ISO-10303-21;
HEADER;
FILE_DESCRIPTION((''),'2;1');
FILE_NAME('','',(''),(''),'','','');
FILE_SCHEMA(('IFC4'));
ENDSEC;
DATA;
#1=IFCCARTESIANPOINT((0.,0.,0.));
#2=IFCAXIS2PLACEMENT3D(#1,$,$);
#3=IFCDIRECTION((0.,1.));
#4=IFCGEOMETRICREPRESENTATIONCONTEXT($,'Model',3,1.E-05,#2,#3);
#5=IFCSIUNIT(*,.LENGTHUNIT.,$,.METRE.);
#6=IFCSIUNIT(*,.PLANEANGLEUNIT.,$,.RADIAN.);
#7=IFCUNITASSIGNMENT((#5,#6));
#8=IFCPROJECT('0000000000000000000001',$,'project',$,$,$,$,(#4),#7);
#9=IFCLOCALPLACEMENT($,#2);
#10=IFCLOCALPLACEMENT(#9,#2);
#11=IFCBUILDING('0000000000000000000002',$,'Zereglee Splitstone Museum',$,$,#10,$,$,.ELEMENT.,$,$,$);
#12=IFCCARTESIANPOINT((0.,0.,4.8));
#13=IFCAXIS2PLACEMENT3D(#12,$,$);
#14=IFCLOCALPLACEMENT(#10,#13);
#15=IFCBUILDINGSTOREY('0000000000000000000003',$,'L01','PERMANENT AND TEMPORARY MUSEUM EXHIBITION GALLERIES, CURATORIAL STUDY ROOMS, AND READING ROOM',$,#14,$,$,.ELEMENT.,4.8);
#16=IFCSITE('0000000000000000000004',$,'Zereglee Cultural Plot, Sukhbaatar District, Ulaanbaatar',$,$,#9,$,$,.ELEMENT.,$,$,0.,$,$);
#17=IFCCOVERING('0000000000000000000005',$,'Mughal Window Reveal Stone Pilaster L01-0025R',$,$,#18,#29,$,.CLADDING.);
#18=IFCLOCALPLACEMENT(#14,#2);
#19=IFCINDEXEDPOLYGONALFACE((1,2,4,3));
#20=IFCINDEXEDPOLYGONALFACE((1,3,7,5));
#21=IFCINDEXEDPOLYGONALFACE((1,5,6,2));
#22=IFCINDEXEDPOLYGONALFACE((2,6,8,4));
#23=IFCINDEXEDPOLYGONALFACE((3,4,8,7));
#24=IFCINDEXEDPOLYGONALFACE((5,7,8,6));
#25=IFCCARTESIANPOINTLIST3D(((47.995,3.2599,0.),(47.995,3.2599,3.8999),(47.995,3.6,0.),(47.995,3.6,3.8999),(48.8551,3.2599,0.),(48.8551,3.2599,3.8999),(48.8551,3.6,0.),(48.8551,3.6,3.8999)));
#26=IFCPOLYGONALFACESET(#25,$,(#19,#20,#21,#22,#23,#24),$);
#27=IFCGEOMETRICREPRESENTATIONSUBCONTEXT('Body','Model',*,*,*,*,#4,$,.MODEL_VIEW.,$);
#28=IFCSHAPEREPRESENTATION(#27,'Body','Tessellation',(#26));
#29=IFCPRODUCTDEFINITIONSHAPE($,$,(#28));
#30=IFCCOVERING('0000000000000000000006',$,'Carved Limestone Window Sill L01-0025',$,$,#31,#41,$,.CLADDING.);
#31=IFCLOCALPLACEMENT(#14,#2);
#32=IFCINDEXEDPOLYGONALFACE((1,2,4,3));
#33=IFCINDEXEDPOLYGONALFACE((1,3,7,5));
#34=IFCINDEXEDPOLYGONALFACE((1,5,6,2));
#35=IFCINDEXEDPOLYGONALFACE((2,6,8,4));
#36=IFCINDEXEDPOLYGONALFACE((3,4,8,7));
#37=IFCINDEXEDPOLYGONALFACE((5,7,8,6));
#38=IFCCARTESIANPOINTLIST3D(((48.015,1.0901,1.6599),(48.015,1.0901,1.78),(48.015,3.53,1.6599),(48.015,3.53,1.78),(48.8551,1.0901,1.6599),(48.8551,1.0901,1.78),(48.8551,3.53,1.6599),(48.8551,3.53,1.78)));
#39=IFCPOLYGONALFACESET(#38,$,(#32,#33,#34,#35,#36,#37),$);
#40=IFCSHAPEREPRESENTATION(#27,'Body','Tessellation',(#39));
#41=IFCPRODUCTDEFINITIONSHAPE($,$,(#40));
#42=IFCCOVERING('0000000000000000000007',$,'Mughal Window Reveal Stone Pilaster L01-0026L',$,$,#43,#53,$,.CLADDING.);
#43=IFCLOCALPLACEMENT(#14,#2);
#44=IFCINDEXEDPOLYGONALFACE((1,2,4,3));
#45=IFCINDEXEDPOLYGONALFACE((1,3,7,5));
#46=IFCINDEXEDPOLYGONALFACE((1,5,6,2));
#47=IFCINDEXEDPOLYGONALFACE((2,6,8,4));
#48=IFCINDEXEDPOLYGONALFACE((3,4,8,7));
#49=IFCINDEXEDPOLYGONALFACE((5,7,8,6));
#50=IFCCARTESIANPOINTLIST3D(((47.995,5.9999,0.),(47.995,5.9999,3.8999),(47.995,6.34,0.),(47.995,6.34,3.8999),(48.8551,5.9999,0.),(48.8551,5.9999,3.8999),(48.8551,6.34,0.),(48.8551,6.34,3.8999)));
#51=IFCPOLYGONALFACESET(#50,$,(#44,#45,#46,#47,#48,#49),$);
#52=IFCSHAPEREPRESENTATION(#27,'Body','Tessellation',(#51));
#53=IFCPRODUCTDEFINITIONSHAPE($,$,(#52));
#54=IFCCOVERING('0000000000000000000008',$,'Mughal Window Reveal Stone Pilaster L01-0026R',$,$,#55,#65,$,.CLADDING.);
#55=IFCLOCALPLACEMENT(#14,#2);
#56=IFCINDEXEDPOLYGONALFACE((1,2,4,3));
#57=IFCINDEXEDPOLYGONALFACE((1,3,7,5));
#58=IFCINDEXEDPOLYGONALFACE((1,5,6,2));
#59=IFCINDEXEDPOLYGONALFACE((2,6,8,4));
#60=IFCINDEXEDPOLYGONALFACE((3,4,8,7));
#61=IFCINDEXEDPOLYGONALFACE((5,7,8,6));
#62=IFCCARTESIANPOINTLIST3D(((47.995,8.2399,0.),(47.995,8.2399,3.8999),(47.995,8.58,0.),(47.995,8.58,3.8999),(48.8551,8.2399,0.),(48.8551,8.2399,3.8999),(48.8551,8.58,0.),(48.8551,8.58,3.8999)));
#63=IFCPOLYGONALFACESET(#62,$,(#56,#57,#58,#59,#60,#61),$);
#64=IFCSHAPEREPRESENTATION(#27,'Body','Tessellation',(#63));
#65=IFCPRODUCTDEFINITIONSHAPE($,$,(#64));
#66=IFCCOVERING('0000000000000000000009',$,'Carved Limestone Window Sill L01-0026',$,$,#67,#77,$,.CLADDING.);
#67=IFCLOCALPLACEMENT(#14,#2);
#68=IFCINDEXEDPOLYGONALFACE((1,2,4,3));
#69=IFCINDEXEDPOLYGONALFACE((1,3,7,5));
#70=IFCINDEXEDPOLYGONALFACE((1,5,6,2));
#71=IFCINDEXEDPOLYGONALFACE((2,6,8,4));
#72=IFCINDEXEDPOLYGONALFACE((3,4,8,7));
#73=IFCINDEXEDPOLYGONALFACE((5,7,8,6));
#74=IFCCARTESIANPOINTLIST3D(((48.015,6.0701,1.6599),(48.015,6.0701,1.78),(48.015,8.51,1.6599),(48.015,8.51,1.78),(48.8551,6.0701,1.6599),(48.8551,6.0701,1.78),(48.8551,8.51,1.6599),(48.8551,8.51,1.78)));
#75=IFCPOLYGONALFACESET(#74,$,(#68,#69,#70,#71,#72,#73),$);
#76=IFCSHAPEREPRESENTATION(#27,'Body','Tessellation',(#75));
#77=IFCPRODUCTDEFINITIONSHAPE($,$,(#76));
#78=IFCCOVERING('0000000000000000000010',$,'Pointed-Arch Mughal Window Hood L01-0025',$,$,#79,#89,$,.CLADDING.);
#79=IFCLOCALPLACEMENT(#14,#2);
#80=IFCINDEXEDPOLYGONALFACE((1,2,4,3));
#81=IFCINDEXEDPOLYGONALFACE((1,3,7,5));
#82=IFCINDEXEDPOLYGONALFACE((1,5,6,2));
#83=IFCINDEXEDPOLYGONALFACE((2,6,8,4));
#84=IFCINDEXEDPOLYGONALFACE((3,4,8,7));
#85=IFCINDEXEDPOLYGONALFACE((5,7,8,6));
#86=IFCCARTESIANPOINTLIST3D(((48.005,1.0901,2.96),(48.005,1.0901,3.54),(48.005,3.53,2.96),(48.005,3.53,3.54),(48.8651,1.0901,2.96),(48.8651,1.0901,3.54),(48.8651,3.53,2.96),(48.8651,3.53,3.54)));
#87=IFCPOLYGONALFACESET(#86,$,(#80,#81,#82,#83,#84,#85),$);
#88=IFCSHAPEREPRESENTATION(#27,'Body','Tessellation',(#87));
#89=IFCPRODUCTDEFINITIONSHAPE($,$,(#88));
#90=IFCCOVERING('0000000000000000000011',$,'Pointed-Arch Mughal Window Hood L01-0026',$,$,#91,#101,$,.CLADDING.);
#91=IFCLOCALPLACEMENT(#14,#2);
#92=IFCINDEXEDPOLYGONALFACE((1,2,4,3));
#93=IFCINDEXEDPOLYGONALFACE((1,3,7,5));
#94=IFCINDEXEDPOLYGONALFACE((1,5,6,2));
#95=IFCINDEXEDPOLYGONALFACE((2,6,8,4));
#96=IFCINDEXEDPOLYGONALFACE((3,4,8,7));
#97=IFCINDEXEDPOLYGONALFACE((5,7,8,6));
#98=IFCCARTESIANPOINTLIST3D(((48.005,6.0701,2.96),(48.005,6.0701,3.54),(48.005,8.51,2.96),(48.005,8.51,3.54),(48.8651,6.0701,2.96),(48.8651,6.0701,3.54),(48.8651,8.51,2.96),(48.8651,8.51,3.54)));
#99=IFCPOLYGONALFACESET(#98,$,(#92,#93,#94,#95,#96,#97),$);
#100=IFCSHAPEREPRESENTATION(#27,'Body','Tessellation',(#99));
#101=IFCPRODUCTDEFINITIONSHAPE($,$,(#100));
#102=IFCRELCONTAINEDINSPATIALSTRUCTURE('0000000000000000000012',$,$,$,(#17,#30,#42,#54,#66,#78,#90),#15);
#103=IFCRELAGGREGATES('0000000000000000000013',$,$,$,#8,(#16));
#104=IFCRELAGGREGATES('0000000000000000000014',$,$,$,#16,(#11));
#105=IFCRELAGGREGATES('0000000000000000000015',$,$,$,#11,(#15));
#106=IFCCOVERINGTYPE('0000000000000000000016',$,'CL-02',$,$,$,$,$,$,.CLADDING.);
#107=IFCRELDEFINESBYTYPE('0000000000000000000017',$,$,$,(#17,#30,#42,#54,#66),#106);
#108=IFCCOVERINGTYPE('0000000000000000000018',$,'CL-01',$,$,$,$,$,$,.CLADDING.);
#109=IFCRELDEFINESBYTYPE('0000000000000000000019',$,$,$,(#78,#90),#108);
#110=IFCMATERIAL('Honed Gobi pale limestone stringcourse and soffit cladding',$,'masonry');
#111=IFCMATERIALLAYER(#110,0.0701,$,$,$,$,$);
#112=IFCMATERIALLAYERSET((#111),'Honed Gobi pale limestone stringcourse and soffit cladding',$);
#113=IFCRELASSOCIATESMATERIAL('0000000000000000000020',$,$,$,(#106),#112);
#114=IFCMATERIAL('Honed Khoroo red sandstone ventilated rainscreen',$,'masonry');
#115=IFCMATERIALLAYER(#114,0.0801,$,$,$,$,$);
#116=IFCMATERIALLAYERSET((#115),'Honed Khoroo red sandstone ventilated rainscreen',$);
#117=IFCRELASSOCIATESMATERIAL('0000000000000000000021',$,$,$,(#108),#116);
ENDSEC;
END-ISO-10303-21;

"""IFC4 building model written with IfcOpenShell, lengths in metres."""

from ifc_helpers import new_model, si_unit, direction, frame, origin, origin_2d, place, context, subcontext, project, spatial, rectangle, extrude, material, layer, layer_set, type_object, element, save


model = new_model("IFC4")

# Units and contexts
model_context = context("Model", 3, precision=1e-05, world=origin(), true_north=direction((0.0, 1.0)))
body_context = subcontext(model_context, "Body", "Model", "MODEL_VIEW")
ifc_project = project(units=[si_unit("LENGTHUNIT", "METRE"), si_unit("PLANEANGLEUNIT", "RADIAN")], contexts=[model_context])

# Site, building, storey
site_placement = place(None, origin())
site = spatial("IfcSite", under=ifc_project, at=site_placement, Name="Zereglee Cultural Plot, Sukhbaatar District, Ulaanbaatar", CompositionType="ELEMENT", RefElevation=0.0)
building_placement = place(site_placement, origin())
building = spatial("IfcBuilding", under=site, at=building_placement, Name="Zereglee Splitstone Museum", CompositionType="ELEMENT")
storey_placement = place(building_placement, frame((0.0, 0.0, 4.8)))
storey = spatial("IfcBuildingStorey", under=building, at=storey_placement, Name="L01", Description="PERMANENT AND TEMPORARY MUSEUM EXHIBITION GALLERIES, CURATORIAL STUDY ROOMS, AND READING ROOM", CompositionType="ELEMENT", Elevation=4.8)

# Coverings
ifc_material_1 = material(Name="Honed Gobi pale limestone stringcourse and soffit cladding", Category="masonry")
ifc_layer_1 = layer(ifc_material_1, 0.0701)
ifc_layer_set_1 = layer_set([ifc_layer_1], Name="Honed Gobi pale limestone stringcourse and soffit cladding")
covering_type_1 = type_object("IfcCoveringType", Name="CL-02", PredefinedType="CLADDING", material=ifc_layer_set_1)
for number, where, z_axis, x_axis, name in (
    (1, (48.425, 3.4299, 0.0), (0.0, 0.0, 1.0), (0.0, 1.0, 0.0), "Mughal Window Reveal Stone Pilaster L01-0025R"),
):
    element("IfcCovering", number, at=place(storey_placement, frame(where, z_axis=z_axis, x_axis=x_axis)), inside=storey, type_object=covering_type_1, Name=name, PredefinedType="CLADDING", context=body_context, shape_type="SweptSolid", body=[
        extrude(rectangle(XDim=0.3401, YDim=0.8601, at=origin_2d()), origin(), (0.0, 0.0, 1.0), 3.8999),
    ])
covering_1_placement = place(storey_placement, frame((48.4351, 2.3101, 1.6599), z_axis=(0.0, 0.0, 1.0), x_axis=(0.0, 1.0, 0.0)))
element("IfcCovering", 2, at=covering_1_placement, inside=storey, type_object=covering_type_1, Name="Carved Limestone Window Sill L01-0025", PredefinedType="CLADDING", context=body_context, shape_type="SweptSolid", body=[
    extrude(rectangle(XDim=2.4399, YDim=0.8401, at=origin_2d()), origin(), (0.0, 0.0, 1.0), 0.1201),
])
for number, where, z_axis, x_axis, name in (
    (3, (48.425, 6.1699, 0.0), (0.0, 0.0, 1.0), (0.0, 1.0, 0.0), "Mughal Window Reveal Stone Pilaster L01-0026L"),
    (4, (48.425, 8.4099, 0.0), (0.0, 0.0, 1.0), (0.0, 1.0, 0.0), "Mughal Window Reveal Stone Pilaster L01-0026R"),
):
    element("IfcCovering", number, at=place(storey_placement, frame(where, z_axis=z_axis, x_axis=x_axis)), inside=storey, type_object=covering_type_1, Name=name, PredefinedType="CLADDING", context=body_context, shape_type="SweptSolid", body=[
        extrude(rectangle(XDim=0.3401, YDim=0.8601, at=origin_2d()), origin(), (0.0, 0.0, 1.0), 3.8999),
    ])
covering_2_placement = place(storey_placement, frame((48.4351, 7.29, 1.6599), z_axis=(0.0, 0.0, 1.0), x_axis=(0.0, 1.0, 0.0)))
element("IfcCovering", 5, at=covering_2_placement, inside=storey, type_object=covering_type_1, Name="Carved Limestone Window Sill L01-0026", PredefinedType="CLADDING", context=body_context, shape_type="SweptSolid", body=[
    extrude(rectangle(XDim=2.4399, YDim=0.8401, at=origin_2d()), origin(), (0.0, 0.0, 1.0), 0.1201),
])
ifc_material_2 = material(Name="Honed Khoroo red sandstone ventilated rainscreen", Category="masonry")
ifc_layer_2 = layer(ifc_material_2, 0.0801)
ifc_layer_set_2 = layer_set([ifc_layer_2], Name="Honed Khoroo red sandstone ventilated rainscreen")
covering_type_2 = type_object("IfcCoveringType", Name="CL-01", PredefinedType="CLADDING", material=ifc_layer_set_2)
for number, where, z_axis, x_axis, name in (
    (6, (48.4351, 2.3101, 2.96), (0.0, 0.0, 1.0), (0.0, 1.0, 0.0), "Pointed-Arch Mughal Window Hood L01-0025"),
    (7, (48.4351, 7.29, 2.96), (0.0, 0.0, 1.0), (0.0, 1.0, 0.0), "Pointed-Arch Mughal Window Hood L01-0026"),
):
    element("IfcCovering", number, at=place(storey_placement, frame(where, z_axis=z_axis, x_axis=x_axis)), inside=storey, type_object=covering_type_2, Name=name, PredefinedType="CLADDING", context=body_context, shape_type="SweptSolid", body=[
        extrude(rectangle(XDim=2.4399, YDim=0.8601, at=origin_2d()), origin(), (0.0, 0.0, 1.0), 0.5801),
    ])

save(model, "model.ifc")
